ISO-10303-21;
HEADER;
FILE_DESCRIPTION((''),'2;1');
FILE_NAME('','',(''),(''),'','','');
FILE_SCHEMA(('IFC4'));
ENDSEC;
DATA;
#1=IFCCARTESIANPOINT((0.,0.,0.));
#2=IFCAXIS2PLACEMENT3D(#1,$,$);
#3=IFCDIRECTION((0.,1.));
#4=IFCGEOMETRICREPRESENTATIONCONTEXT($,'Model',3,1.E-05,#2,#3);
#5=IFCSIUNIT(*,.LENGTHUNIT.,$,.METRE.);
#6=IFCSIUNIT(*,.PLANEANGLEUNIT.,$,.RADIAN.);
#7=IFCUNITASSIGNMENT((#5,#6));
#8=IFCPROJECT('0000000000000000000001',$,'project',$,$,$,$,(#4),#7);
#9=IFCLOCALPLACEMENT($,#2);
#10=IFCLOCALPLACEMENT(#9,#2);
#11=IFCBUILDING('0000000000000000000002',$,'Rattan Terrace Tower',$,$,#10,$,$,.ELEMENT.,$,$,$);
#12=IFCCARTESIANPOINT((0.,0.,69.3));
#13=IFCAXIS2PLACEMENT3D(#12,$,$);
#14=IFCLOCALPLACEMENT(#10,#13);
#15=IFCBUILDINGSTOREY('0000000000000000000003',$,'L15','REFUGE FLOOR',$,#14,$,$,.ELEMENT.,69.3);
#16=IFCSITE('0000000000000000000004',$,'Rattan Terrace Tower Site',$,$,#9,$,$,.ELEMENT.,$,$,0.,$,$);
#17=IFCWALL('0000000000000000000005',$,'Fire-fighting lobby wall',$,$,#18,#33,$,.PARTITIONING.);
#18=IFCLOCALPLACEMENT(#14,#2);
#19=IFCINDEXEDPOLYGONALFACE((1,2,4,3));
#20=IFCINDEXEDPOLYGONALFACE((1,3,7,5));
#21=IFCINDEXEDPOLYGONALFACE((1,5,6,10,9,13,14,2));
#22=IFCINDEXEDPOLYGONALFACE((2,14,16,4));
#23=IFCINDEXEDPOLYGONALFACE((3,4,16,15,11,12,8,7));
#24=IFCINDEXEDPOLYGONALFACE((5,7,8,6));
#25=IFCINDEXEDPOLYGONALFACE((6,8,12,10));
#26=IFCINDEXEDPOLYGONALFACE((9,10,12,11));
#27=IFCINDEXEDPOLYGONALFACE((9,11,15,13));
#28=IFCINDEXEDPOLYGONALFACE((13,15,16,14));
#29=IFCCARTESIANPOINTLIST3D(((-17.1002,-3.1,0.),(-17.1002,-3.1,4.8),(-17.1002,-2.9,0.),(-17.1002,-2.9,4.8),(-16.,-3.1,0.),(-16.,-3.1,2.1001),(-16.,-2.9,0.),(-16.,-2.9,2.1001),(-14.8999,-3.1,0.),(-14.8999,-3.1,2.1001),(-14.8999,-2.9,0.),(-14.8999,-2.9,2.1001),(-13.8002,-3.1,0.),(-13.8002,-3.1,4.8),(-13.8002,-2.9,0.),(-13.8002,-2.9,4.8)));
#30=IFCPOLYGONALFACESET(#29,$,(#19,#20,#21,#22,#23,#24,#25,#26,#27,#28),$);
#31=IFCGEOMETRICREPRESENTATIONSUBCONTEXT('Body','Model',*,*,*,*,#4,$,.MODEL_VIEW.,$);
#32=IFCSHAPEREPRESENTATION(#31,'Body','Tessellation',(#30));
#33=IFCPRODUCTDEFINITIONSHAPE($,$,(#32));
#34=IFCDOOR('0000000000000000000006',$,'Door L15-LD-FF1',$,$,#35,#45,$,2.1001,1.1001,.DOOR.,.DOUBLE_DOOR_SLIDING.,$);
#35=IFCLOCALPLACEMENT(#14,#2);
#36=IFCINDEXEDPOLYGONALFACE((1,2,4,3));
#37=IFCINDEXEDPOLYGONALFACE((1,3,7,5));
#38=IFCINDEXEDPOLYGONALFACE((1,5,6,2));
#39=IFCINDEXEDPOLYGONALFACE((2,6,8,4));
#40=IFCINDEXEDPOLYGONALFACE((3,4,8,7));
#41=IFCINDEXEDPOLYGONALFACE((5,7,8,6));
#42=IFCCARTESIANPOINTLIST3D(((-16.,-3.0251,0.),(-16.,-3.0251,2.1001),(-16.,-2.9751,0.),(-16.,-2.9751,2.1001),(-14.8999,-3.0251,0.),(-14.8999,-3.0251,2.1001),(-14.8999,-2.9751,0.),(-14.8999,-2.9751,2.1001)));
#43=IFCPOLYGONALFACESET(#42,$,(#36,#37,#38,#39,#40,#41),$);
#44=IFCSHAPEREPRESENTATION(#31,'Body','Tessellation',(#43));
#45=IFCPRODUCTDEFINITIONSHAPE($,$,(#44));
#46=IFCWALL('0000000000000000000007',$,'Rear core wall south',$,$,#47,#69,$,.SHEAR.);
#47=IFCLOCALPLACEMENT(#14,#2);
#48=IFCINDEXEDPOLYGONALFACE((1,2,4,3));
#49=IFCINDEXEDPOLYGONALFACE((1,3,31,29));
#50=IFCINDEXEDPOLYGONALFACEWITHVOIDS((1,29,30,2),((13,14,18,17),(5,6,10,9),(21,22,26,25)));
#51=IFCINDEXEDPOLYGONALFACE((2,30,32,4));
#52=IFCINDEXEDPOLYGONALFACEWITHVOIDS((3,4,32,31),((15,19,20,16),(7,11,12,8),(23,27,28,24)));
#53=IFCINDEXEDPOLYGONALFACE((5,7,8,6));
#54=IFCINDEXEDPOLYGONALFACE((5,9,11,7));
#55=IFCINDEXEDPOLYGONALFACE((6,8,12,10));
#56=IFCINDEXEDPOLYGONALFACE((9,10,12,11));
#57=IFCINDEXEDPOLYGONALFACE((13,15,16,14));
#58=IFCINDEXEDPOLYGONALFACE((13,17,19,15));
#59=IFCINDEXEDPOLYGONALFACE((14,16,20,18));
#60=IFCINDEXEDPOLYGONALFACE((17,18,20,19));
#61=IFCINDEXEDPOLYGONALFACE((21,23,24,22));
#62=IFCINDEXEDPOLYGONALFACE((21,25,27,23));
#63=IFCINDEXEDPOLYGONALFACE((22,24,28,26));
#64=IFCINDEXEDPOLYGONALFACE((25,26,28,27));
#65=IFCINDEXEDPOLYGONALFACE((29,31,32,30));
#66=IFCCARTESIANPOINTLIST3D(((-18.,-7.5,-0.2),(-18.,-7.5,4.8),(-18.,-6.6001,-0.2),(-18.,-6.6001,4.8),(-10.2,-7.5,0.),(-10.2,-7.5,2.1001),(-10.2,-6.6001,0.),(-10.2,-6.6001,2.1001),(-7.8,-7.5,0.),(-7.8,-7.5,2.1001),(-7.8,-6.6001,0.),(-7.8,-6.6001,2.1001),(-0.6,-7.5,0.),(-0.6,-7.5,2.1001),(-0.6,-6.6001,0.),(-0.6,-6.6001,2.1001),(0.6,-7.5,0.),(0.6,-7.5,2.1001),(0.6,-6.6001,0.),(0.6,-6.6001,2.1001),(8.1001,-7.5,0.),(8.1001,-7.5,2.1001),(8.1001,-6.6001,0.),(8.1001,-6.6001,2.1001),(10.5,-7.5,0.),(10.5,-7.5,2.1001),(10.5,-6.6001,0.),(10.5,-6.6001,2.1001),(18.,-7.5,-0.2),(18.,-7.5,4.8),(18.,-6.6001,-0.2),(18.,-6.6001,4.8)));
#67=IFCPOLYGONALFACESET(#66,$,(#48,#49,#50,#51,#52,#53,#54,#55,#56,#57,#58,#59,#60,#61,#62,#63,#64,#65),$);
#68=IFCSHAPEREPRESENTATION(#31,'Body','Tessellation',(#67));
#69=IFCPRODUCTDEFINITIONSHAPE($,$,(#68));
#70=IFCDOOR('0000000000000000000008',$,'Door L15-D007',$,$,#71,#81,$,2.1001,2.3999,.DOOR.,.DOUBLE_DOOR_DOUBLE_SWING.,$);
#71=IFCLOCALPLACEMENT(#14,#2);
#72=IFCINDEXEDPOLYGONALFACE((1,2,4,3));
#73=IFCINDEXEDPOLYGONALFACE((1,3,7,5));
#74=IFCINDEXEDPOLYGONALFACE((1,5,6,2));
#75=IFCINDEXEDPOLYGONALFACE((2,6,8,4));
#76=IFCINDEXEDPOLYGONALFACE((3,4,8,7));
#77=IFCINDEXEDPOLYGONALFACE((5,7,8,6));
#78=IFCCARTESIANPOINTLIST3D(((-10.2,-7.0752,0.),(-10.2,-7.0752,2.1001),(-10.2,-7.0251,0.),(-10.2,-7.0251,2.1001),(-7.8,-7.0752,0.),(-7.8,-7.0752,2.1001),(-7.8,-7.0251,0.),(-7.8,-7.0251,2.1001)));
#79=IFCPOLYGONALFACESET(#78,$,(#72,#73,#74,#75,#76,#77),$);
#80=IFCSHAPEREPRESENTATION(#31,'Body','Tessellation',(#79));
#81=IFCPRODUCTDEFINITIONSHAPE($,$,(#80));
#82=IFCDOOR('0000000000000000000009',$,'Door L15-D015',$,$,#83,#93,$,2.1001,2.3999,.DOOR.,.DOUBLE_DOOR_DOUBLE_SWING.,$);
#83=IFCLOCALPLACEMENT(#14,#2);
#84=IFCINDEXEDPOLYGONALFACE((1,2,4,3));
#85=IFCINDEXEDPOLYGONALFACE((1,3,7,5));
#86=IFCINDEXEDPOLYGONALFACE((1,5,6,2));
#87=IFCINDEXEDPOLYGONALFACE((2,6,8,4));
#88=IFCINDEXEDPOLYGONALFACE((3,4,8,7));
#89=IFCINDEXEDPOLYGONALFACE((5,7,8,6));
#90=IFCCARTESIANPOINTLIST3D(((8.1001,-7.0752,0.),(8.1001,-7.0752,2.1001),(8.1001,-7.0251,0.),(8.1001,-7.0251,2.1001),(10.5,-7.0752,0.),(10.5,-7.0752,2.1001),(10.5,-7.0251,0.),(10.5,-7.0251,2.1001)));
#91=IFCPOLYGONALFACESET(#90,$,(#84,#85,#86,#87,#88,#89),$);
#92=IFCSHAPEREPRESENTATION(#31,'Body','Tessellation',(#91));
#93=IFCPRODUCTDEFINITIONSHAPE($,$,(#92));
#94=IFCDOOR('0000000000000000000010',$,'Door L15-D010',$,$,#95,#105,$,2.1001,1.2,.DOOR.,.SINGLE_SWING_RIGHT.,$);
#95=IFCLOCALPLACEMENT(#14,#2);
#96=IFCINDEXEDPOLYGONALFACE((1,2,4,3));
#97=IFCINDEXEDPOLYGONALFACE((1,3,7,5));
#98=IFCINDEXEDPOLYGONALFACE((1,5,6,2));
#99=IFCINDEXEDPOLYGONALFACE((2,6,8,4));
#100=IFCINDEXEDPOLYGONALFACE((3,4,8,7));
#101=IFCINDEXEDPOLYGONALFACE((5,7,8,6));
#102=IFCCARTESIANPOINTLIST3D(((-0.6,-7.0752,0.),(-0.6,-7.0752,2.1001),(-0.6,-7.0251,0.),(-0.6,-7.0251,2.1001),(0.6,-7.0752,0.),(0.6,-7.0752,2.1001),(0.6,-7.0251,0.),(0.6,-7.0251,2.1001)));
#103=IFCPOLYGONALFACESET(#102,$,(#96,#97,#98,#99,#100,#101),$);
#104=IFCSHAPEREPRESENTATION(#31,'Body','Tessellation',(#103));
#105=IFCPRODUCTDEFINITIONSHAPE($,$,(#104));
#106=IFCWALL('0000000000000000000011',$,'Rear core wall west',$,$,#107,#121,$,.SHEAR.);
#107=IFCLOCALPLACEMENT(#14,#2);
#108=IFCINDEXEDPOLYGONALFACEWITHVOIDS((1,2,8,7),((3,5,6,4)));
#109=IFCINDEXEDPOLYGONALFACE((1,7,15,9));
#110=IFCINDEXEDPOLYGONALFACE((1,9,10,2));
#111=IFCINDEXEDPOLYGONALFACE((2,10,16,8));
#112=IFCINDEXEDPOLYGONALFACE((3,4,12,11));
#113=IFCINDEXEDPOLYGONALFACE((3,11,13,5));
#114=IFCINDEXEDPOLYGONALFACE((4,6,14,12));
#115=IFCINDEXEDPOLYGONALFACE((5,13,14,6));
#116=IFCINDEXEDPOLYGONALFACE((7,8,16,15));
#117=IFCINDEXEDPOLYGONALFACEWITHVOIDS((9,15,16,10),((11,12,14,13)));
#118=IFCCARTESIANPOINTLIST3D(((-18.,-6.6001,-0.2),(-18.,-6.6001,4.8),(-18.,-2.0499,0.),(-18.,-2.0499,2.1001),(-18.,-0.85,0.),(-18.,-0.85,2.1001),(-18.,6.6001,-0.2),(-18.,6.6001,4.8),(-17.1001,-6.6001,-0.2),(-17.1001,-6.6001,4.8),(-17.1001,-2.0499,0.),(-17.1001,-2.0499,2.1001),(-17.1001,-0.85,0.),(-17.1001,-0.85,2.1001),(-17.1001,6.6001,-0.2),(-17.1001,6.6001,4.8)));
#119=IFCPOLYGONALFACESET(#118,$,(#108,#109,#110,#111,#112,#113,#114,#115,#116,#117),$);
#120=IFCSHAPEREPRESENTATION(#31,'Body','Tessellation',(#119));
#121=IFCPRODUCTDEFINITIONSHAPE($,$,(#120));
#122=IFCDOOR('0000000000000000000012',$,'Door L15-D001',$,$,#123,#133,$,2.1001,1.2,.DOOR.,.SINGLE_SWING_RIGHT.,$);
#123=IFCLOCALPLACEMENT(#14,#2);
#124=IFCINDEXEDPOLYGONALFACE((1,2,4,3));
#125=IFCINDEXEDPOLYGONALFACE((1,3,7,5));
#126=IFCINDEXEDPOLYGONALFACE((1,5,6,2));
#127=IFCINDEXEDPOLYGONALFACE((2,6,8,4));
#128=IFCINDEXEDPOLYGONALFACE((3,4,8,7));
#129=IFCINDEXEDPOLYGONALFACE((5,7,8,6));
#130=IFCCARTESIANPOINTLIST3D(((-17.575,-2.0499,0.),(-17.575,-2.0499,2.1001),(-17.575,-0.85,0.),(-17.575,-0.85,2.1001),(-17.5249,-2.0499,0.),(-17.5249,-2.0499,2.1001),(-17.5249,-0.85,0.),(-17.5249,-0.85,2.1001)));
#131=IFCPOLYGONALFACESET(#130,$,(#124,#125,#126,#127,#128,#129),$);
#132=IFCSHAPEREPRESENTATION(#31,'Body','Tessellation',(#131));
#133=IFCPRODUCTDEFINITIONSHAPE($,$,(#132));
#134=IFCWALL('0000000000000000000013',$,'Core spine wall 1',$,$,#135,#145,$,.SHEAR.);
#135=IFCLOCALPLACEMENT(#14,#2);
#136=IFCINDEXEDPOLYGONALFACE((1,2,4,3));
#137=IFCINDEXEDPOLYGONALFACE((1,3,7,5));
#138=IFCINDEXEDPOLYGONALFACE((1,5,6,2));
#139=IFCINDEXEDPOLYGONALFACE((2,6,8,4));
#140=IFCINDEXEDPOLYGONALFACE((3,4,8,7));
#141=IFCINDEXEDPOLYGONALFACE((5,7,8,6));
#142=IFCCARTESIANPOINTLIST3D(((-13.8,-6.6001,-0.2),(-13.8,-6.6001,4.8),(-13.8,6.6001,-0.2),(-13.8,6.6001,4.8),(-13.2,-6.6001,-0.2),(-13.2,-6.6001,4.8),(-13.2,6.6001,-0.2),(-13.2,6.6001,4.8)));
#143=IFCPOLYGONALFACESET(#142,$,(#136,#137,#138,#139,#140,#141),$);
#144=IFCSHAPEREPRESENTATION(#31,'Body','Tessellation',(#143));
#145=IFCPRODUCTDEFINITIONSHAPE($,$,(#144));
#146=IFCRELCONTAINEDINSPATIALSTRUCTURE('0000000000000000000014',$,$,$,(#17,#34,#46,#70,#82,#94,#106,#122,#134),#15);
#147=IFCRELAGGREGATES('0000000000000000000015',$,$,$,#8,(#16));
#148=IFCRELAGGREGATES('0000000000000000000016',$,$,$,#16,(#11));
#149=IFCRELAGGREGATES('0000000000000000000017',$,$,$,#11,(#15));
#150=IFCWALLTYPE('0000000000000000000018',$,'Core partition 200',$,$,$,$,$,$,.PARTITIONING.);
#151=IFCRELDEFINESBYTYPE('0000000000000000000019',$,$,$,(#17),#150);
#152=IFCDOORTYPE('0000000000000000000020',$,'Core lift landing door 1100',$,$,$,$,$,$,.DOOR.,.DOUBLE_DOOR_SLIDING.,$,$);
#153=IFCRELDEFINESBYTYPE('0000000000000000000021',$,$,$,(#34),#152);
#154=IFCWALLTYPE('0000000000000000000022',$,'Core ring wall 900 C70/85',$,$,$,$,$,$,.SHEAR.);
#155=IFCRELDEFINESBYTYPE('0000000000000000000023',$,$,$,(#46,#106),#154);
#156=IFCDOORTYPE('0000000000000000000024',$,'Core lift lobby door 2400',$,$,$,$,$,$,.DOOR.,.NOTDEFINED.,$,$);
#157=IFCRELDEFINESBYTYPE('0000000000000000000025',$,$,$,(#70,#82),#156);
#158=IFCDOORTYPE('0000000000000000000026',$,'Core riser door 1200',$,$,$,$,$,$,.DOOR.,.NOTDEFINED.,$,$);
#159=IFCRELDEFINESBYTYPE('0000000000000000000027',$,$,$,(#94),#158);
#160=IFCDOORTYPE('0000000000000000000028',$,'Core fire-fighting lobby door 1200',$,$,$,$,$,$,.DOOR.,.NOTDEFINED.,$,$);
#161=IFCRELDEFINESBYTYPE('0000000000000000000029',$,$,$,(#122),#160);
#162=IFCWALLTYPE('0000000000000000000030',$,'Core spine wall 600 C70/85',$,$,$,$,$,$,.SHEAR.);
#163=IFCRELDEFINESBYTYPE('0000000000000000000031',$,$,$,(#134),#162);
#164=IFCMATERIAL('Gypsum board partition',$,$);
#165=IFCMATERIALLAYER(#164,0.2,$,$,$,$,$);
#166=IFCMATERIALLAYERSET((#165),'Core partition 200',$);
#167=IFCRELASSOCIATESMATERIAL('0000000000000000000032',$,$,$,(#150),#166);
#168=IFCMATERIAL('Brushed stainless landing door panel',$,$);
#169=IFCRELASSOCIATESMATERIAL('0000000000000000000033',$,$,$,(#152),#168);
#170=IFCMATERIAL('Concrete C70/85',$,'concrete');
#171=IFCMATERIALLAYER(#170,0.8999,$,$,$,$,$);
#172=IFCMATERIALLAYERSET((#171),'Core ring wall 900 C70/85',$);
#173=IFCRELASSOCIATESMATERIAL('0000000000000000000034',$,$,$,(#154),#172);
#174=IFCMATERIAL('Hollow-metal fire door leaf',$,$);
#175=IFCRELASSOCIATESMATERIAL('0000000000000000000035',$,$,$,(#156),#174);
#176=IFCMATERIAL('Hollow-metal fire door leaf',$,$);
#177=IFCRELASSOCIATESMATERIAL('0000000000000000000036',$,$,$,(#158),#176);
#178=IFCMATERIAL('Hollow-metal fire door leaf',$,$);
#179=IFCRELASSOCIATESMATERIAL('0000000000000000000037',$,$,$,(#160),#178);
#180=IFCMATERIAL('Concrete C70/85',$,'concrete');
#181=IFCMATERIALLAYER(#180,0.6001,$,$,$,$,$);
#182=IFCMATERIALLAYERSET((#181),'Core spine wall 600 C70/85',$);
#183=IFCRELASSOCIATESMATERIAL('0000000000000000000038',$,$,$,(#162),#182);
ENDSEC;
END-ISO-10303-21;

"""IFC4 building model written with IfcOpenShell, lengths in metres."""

from ifc_helpers import new_model, si_unit, direction, frame, frame_2d, origin, place, context, subcontext, project, spatial, rectangle, extrude, material, layer, layer_set, type_object, element, fill, save


model = new_model("IFC4")

# Units and contexts
model_context = context("Model", 3, precision=1e-05, world=origin(), true_north=direction((0.0, 1.0)))
body_context = subcontext(model_context, "Body", "Model", "MODEL_VIEW")
ifc_project = project(units=[si_unit("LENGTHUNIT", "METRE"), si_unit("PLANEANGLEUNIT", "RADIAN")], contexts=[model_context])

# Site, building, storey
site_placement = place(None, origin())
site = spatial("IfcSite", under=ifc_project, at=site_placement, Name="Rattan Terrace Tower Site", CompositionType="ELEMENT", RefElevation=0.0)
building_placement = place(site_placement, origin())
building = spatial("IfcBuilding", under=site, at=building_placement, Name="Rattan Terrace Tower", CompositionType="ELEMENT")
storey_placement = place(building_placement, frame((0.0, 0.0, 69.3)))
storey = spatial("IfcBuildingStorey", under=building, at=storey_placement, Name="L15", Description="REFUGE FLOOR", CompositionType="ELEMENT", Elevation=69.3)

# Wall, opening, door
ifc_material_1 = material(Name="Gypsum board partition")
ifc_layer_1 = layer(ifc_material_1, 0.2)
ifc_layer_set_1 = layer_set([ifc_layer_1], Name="Core partition 200")
wall_type_1 = type_object("IfcWallType", Name="Core partition 200", PredefinedType="PARTITIONING", material=ifc_layer_set_1)
wall_1_placement = place(storey_placement, frame((-17.1001, -3.0, 0.0), z_axis=(0.0, 0.0, 1.0), x_axis=(1.0, 0.0, 0.0)))
wall_1 = element("IfcWall", 1, at=wall_1_placement, inside=storey, type_object=wall_type_1, Name="Fire-fighting lobby wall", PredefinedType="PARTITIONING", context=body_context, shape_type="SweptSolid", body=[
    extrude(rectangle(XDim=3.3, YDim=0.2, at=frame_2d((1.6499, 0.0))), origin(), (0.0, 0.0, 1.0), 4.8),
])
opening_1_placement = place(wall_1_placement, frame((1.1001, 0.0, 0.0)))
opening_1 = element("IfcOpeningElement", 2, at=opening_1_placement, cuts=wall_1, PredefinedType="OPENING", context=body_context, shape_type="SweptSolid", body=[
    extrude(rectangle(XDim=1.1001, YDim=2.1001, at=frame_2d((0.55, 1.05))), frame((0.0, 0.1106, 0.0), z_axis=(0.0, -1.0, 0.0), x_axis=(1.0, 0.0, 0.0)), (0.0, 0.0, 1.0), 0.2209),
])
ifc_material_2 = material(Name="Brushed stainless landing door panel")
door_type_1 = type_object("IfcDoorType", Name="Core lift landing door 1100", OperationType="DOUBLE_DOOR_SLIDING", PredefinedType="DOOR", material=ifc_material_2)
door_1_placement = place(opening_1_placement, origin())
door_1 = element("IfcDoor", 3, at=door_1_placement, inside=storey, type_object=door_type_1, Name="Door L15-LD-FF1", OperationType="DOUBLE_DOOR_SLIDING", OverallHeight=2.1001, OverallWidth=1.1001, PredefinedType="DOOR", context=body_context, shape_type="SweptSolid", body=[
    extrude(rectangle(XDim=1.1001, YDim=2.1001, at=frame_2d((0.55, 1.05))), frame((0.0, 0.0249, 0.0), z_axis=(0.0, -1.0, 0.0), x_axis=(1.0, 0.0, 0.0)), (0.0, 0.0, 1.0), 0.05),
])
fill(opening_1, door_1)

# Wall, openings, doors
ifc_material_3 = material(Name="Concrete C70/85", Category="concrete")
ifc_layer_2 = layer(ifc_material_3, 0.8999)
ifc_layer_set_2 = layer_set([ifc_layer_2], Name="Core ring wall 900 C70/85")
wall_type_2 = type_object("IfcWallType", Name="Core ring wall 900 C70/85", PredefinedType="SHEAR", material=ifc_layer_set_2)
wall_2_placement = place(storey_placement, frame((-18.0, -7.05, -0.2), z_axis=(0.0, 0.0, 1.0), x_axis=(1.0, 0.0, 0.0)))
wall_2 = element("IfcWall", 4, at=wall_2_placement, inside=storey, type_object=wall_type_2, Name="Rear core wall south", PredefinedType="SHEAR", context=body_context, shape_type="SweptSolid", body=[
    extrude(rectangle(XDim=36.0, YDim=0.8999, at=frame_2d((18.0, 0.0))), origin(), (0.0, 0.0, 1.0), 5.0),
])
opening_2_placement = place(wall_2_placement, frame((7.8, 0.0, 0.2)))
opening_2 = element("IfcOpeningElement", 5, at=opening_2_placement, cuts=wall_2, PredefinedType="OPENING", context=body_context, shape_type="SweptSolid", body=[
    extrude(rectangle(XDim=2.3999, YDim=2.1001, at=frame_2d((1.2, 1.05))), frame((0.0, 0.4604, 0.0), z_axis=(0.0, -1.0, 0.0), x_axis=(1.0, 0.0, 0.0)), (0.0, 0.0, 1.0), 0.9209),
])
opening_3_placement = place(wall_2_placement, frame((17.3999, 0.0, 0.2)))
opening_3 = element("IfcOpeningElement", 6, at=opening_3_placement, cuts=wall_2, PredefinedType="OPENING", context=body_context, shape_type="SweptSolid", body=[
    extrude(rectangle(XDim=1.2, YDim=2.1001, at=frame_2d((0.6001, 1.05))), frame((0.0, 0.4604, 0.0), z_axis=(0.0, -1.0, 0.0), x_axis=(1.0, 0.0, 0.0)), (0.0, 0.0, 1.0), 0.9209),
])
opening_4_placement = place(wall_2_placement, frame((26.1001, 0.0, 0.2)))
opening_4 = element("IfcOpeningElement", 7, at=opening_4_placement, cuts=wall_2, PredefinedType="OPENING", context=body_context, shape_type="SweptSolid", body=[
    extrude(rectangle(XDim=2.3999, YDim=2.1001, at=frame_2d((1.2, 1.05))), frame((0.0, 0.4604, 0.0), z_axis=(0.0, -1.0, 0.0), x_axis=(1.0, 0.0, 0.0)), (0.0, 0.0, 1.0), 0.9209),
])
ifc_material_4 = material(Name="Hollow-metal fire door leaf")
door_type_2 = type_object("IfcDoorType", Name="Core lift lobby door 2400", OperationType="NOTDEFINED", PredefinedType="DOOR", material=ifc_material_4)
door_2_placement = place(opening_2_placement, origin())
door_2 = element("IfcDoor", 8, at=door_2_placement, inside=storey, type_object=door_type_2, Name="Door L15-D007", OperationType="DOUBLE_DOOR_DOUBLE_SWING", OverallHeight=2.1001, OverallWidth=2.3999, PredefinedType="DOOR", context=body_context, shape_type="SweptSolid", body=[
    extrude(rectangle(XDim=2.3999, YDim=2.1001, at=frame_2d((1.2, 1.05))), frame((0.0, 0.0249, 0.0), z_axis=(0.0, -1.0, 0.0), x_axis=(1.0, 0.0, 0.0)), (0.0, 0.0, 1.0), 0.05),
])
fill(opening_2, door_2)
door_3_placement = place(opening_4_placement, origin())
door_3 = element("IfcDoor", 9, at=door_3_placement, inside=storey, type_object=door_type_2, Name="Door L15-D015", OperationType="DOUBLE_DOOR_DOUBLE_SWING", OverallHeight=2.1001, OverallWidth=2.3999, PredefinedType="DOOR", context=body_context, shape_type="SweptSolid", body=[
    extrude(rectangle(XDim=2.3999, YDim=2.1001, at=frame_2d((1.2, 1.05))), frame((0.0, 0.0249, 0.0), z_axis=(0.0, -1.0, 0.0), x_axis=(1.0, 0.0, 0.0)), (0.0, 0.0, 1.0), 0.05),
])
fill(opening_4, door_3)
ifc_material_5 = material(Name="Hollow-metal fire door leaf")
door_type_3 = type_object("IfcDoorType", Name="Core riser door 1200", OperationType="NOTDEFINED", PredefinedType="DOOR", material=ifc_material_5)
door_4_placement = place(opening_3_placement, origin())
door_4 = element("IfcDoor", 10, at=door_4_placement, inside=storey, type_object=door_type_3, Name="Door L15-D010", OperationType="SINGLE_SWING_RIGHT", OverallHeight=2.1001, OverallWidth=1.2, PredefinedType="DOOR", context=body_context, shape_type="SweptSolid", body=[
    extrude(rectangle(XDim=1.2, YDim=2.1001, at=frame_2d((0.6001, 1.05))), frame((0.0, 0.0249, 0.0), z_axis=(0.0, -1.0, 0.0), x_axis=(1.0, 0.0, 0.0)), (0.0, 0.0, 1.0), 0.05),
])
fill(opening_3, door_4)

# Wall, opening, door
wall_3_placement = place(storey_placement, frame((-17.55, -6.6001, -0.2), z_axis=(0.0, 0.0, 1.0), x_axis=(0.0, 1.0, 0.0)))
wall_3 = element("IfcWall", 11, at=wall_3_placement, inside=storey, type_object=wall_type_2, Name="Rear core wall west", PredefinedType="SHEAR", context=body_context, shape_type="SweptSolid", body=[
    extrude(rectangle(XDim=13.2002, YDim=0.8999, at=frame_2d((6.6001, 0.0))), origin(), (0.0, 0.0, 1.0), 5.0),
])
opening_5_placement = place(wall_3_placement, frame((4.55, 0.0, 0.2)))
opening_5 = element("IfcOpeningElement", 12, at=opening_5_placement, cuts=wall_3, PredefinedType="OPENING", context=body_context, shape_type="SweptSolid", body=[
    extrude(rectangle(XDim=1.2, YDim=2.1001, at=frame_2d((0.6001, 1.05))), frame((0.0, 0.4604, 0.0), z_axis=(0.0, -1.0, 0.0), x_axis=(1.0, 0.0, 0.0)), (0.0, 0.0, 1.0), 0.9209),
])
ifc_material_6 = material(Name="Hollow-metal fire door leaf")
door_type_4 = type_object("IfcDoorType", Name="Core fire-fighting lobby door 1200", OperationType="NOTDEFINED", PredefinedType="DOOR", material=ifc_material_6)
door_5_placement = place(opening_5_placement, origin())
door_5 = element("IfcDoor", 13, at=door_5_placement, inside=storey, type_object=door_type_4, Name="Door L15-D001", OperationType="SINGLE_SWING_RIGHT", OverallHeight=2.1001, OverallWidth=1.2, PredefinedType="DOOR", context=body_context, shape_type="SweptSolid", body=[
    extrude(rectangle(XDim=1.2, YDim=2.1001, at=frame_2d((0.6001, 1.05))), frame((0.0, 0.0249, 0.0), z_axis=(0.0, -1.0, 0.0), x_axis=(1.0, 0.0, 0.0)), (0.0, 0.0, 1.0), 0.05),
])
fill(opening_5, door_5)

# Wall
ifc_material_7 = material(Name="Concrete C70/85", Category="concrete")
ifc_layer_3 = layer(ifc_material_7, 0.6001)
ifc_layer_set_3 = layer_set([ifc_layer_3], Name="Core spine wall 600 C70/85")
wall_type_3 = type_object("IfcWallType", Name="Core spine wall 600 C70/85", PredefinedType="SHEAR", material=ifc_layer_set_3)
wall_4_placement = place(storey_placement, frame((-13.5, -6.6001, -0.2), z_axis=(0.0, 0.0, 1.0), x_axis=(0.0, 1.0, 0.0)))
element("IfcWall", 14, at=wall_4_placement, inside=storey, type_object=wall_type_3, Name="Core spine wall 1", PredefinedType="SHEAR", context=body_context, shape_type="SweptSolid", body=[
    extrude(rectangle(XDim=13.2002, YDim=0.6001, at=frame_2d((6.6001, 0.0))), origin(), (0.0, 0.0, 1.0), 5.0),
])

save(model, "model.ifc")
